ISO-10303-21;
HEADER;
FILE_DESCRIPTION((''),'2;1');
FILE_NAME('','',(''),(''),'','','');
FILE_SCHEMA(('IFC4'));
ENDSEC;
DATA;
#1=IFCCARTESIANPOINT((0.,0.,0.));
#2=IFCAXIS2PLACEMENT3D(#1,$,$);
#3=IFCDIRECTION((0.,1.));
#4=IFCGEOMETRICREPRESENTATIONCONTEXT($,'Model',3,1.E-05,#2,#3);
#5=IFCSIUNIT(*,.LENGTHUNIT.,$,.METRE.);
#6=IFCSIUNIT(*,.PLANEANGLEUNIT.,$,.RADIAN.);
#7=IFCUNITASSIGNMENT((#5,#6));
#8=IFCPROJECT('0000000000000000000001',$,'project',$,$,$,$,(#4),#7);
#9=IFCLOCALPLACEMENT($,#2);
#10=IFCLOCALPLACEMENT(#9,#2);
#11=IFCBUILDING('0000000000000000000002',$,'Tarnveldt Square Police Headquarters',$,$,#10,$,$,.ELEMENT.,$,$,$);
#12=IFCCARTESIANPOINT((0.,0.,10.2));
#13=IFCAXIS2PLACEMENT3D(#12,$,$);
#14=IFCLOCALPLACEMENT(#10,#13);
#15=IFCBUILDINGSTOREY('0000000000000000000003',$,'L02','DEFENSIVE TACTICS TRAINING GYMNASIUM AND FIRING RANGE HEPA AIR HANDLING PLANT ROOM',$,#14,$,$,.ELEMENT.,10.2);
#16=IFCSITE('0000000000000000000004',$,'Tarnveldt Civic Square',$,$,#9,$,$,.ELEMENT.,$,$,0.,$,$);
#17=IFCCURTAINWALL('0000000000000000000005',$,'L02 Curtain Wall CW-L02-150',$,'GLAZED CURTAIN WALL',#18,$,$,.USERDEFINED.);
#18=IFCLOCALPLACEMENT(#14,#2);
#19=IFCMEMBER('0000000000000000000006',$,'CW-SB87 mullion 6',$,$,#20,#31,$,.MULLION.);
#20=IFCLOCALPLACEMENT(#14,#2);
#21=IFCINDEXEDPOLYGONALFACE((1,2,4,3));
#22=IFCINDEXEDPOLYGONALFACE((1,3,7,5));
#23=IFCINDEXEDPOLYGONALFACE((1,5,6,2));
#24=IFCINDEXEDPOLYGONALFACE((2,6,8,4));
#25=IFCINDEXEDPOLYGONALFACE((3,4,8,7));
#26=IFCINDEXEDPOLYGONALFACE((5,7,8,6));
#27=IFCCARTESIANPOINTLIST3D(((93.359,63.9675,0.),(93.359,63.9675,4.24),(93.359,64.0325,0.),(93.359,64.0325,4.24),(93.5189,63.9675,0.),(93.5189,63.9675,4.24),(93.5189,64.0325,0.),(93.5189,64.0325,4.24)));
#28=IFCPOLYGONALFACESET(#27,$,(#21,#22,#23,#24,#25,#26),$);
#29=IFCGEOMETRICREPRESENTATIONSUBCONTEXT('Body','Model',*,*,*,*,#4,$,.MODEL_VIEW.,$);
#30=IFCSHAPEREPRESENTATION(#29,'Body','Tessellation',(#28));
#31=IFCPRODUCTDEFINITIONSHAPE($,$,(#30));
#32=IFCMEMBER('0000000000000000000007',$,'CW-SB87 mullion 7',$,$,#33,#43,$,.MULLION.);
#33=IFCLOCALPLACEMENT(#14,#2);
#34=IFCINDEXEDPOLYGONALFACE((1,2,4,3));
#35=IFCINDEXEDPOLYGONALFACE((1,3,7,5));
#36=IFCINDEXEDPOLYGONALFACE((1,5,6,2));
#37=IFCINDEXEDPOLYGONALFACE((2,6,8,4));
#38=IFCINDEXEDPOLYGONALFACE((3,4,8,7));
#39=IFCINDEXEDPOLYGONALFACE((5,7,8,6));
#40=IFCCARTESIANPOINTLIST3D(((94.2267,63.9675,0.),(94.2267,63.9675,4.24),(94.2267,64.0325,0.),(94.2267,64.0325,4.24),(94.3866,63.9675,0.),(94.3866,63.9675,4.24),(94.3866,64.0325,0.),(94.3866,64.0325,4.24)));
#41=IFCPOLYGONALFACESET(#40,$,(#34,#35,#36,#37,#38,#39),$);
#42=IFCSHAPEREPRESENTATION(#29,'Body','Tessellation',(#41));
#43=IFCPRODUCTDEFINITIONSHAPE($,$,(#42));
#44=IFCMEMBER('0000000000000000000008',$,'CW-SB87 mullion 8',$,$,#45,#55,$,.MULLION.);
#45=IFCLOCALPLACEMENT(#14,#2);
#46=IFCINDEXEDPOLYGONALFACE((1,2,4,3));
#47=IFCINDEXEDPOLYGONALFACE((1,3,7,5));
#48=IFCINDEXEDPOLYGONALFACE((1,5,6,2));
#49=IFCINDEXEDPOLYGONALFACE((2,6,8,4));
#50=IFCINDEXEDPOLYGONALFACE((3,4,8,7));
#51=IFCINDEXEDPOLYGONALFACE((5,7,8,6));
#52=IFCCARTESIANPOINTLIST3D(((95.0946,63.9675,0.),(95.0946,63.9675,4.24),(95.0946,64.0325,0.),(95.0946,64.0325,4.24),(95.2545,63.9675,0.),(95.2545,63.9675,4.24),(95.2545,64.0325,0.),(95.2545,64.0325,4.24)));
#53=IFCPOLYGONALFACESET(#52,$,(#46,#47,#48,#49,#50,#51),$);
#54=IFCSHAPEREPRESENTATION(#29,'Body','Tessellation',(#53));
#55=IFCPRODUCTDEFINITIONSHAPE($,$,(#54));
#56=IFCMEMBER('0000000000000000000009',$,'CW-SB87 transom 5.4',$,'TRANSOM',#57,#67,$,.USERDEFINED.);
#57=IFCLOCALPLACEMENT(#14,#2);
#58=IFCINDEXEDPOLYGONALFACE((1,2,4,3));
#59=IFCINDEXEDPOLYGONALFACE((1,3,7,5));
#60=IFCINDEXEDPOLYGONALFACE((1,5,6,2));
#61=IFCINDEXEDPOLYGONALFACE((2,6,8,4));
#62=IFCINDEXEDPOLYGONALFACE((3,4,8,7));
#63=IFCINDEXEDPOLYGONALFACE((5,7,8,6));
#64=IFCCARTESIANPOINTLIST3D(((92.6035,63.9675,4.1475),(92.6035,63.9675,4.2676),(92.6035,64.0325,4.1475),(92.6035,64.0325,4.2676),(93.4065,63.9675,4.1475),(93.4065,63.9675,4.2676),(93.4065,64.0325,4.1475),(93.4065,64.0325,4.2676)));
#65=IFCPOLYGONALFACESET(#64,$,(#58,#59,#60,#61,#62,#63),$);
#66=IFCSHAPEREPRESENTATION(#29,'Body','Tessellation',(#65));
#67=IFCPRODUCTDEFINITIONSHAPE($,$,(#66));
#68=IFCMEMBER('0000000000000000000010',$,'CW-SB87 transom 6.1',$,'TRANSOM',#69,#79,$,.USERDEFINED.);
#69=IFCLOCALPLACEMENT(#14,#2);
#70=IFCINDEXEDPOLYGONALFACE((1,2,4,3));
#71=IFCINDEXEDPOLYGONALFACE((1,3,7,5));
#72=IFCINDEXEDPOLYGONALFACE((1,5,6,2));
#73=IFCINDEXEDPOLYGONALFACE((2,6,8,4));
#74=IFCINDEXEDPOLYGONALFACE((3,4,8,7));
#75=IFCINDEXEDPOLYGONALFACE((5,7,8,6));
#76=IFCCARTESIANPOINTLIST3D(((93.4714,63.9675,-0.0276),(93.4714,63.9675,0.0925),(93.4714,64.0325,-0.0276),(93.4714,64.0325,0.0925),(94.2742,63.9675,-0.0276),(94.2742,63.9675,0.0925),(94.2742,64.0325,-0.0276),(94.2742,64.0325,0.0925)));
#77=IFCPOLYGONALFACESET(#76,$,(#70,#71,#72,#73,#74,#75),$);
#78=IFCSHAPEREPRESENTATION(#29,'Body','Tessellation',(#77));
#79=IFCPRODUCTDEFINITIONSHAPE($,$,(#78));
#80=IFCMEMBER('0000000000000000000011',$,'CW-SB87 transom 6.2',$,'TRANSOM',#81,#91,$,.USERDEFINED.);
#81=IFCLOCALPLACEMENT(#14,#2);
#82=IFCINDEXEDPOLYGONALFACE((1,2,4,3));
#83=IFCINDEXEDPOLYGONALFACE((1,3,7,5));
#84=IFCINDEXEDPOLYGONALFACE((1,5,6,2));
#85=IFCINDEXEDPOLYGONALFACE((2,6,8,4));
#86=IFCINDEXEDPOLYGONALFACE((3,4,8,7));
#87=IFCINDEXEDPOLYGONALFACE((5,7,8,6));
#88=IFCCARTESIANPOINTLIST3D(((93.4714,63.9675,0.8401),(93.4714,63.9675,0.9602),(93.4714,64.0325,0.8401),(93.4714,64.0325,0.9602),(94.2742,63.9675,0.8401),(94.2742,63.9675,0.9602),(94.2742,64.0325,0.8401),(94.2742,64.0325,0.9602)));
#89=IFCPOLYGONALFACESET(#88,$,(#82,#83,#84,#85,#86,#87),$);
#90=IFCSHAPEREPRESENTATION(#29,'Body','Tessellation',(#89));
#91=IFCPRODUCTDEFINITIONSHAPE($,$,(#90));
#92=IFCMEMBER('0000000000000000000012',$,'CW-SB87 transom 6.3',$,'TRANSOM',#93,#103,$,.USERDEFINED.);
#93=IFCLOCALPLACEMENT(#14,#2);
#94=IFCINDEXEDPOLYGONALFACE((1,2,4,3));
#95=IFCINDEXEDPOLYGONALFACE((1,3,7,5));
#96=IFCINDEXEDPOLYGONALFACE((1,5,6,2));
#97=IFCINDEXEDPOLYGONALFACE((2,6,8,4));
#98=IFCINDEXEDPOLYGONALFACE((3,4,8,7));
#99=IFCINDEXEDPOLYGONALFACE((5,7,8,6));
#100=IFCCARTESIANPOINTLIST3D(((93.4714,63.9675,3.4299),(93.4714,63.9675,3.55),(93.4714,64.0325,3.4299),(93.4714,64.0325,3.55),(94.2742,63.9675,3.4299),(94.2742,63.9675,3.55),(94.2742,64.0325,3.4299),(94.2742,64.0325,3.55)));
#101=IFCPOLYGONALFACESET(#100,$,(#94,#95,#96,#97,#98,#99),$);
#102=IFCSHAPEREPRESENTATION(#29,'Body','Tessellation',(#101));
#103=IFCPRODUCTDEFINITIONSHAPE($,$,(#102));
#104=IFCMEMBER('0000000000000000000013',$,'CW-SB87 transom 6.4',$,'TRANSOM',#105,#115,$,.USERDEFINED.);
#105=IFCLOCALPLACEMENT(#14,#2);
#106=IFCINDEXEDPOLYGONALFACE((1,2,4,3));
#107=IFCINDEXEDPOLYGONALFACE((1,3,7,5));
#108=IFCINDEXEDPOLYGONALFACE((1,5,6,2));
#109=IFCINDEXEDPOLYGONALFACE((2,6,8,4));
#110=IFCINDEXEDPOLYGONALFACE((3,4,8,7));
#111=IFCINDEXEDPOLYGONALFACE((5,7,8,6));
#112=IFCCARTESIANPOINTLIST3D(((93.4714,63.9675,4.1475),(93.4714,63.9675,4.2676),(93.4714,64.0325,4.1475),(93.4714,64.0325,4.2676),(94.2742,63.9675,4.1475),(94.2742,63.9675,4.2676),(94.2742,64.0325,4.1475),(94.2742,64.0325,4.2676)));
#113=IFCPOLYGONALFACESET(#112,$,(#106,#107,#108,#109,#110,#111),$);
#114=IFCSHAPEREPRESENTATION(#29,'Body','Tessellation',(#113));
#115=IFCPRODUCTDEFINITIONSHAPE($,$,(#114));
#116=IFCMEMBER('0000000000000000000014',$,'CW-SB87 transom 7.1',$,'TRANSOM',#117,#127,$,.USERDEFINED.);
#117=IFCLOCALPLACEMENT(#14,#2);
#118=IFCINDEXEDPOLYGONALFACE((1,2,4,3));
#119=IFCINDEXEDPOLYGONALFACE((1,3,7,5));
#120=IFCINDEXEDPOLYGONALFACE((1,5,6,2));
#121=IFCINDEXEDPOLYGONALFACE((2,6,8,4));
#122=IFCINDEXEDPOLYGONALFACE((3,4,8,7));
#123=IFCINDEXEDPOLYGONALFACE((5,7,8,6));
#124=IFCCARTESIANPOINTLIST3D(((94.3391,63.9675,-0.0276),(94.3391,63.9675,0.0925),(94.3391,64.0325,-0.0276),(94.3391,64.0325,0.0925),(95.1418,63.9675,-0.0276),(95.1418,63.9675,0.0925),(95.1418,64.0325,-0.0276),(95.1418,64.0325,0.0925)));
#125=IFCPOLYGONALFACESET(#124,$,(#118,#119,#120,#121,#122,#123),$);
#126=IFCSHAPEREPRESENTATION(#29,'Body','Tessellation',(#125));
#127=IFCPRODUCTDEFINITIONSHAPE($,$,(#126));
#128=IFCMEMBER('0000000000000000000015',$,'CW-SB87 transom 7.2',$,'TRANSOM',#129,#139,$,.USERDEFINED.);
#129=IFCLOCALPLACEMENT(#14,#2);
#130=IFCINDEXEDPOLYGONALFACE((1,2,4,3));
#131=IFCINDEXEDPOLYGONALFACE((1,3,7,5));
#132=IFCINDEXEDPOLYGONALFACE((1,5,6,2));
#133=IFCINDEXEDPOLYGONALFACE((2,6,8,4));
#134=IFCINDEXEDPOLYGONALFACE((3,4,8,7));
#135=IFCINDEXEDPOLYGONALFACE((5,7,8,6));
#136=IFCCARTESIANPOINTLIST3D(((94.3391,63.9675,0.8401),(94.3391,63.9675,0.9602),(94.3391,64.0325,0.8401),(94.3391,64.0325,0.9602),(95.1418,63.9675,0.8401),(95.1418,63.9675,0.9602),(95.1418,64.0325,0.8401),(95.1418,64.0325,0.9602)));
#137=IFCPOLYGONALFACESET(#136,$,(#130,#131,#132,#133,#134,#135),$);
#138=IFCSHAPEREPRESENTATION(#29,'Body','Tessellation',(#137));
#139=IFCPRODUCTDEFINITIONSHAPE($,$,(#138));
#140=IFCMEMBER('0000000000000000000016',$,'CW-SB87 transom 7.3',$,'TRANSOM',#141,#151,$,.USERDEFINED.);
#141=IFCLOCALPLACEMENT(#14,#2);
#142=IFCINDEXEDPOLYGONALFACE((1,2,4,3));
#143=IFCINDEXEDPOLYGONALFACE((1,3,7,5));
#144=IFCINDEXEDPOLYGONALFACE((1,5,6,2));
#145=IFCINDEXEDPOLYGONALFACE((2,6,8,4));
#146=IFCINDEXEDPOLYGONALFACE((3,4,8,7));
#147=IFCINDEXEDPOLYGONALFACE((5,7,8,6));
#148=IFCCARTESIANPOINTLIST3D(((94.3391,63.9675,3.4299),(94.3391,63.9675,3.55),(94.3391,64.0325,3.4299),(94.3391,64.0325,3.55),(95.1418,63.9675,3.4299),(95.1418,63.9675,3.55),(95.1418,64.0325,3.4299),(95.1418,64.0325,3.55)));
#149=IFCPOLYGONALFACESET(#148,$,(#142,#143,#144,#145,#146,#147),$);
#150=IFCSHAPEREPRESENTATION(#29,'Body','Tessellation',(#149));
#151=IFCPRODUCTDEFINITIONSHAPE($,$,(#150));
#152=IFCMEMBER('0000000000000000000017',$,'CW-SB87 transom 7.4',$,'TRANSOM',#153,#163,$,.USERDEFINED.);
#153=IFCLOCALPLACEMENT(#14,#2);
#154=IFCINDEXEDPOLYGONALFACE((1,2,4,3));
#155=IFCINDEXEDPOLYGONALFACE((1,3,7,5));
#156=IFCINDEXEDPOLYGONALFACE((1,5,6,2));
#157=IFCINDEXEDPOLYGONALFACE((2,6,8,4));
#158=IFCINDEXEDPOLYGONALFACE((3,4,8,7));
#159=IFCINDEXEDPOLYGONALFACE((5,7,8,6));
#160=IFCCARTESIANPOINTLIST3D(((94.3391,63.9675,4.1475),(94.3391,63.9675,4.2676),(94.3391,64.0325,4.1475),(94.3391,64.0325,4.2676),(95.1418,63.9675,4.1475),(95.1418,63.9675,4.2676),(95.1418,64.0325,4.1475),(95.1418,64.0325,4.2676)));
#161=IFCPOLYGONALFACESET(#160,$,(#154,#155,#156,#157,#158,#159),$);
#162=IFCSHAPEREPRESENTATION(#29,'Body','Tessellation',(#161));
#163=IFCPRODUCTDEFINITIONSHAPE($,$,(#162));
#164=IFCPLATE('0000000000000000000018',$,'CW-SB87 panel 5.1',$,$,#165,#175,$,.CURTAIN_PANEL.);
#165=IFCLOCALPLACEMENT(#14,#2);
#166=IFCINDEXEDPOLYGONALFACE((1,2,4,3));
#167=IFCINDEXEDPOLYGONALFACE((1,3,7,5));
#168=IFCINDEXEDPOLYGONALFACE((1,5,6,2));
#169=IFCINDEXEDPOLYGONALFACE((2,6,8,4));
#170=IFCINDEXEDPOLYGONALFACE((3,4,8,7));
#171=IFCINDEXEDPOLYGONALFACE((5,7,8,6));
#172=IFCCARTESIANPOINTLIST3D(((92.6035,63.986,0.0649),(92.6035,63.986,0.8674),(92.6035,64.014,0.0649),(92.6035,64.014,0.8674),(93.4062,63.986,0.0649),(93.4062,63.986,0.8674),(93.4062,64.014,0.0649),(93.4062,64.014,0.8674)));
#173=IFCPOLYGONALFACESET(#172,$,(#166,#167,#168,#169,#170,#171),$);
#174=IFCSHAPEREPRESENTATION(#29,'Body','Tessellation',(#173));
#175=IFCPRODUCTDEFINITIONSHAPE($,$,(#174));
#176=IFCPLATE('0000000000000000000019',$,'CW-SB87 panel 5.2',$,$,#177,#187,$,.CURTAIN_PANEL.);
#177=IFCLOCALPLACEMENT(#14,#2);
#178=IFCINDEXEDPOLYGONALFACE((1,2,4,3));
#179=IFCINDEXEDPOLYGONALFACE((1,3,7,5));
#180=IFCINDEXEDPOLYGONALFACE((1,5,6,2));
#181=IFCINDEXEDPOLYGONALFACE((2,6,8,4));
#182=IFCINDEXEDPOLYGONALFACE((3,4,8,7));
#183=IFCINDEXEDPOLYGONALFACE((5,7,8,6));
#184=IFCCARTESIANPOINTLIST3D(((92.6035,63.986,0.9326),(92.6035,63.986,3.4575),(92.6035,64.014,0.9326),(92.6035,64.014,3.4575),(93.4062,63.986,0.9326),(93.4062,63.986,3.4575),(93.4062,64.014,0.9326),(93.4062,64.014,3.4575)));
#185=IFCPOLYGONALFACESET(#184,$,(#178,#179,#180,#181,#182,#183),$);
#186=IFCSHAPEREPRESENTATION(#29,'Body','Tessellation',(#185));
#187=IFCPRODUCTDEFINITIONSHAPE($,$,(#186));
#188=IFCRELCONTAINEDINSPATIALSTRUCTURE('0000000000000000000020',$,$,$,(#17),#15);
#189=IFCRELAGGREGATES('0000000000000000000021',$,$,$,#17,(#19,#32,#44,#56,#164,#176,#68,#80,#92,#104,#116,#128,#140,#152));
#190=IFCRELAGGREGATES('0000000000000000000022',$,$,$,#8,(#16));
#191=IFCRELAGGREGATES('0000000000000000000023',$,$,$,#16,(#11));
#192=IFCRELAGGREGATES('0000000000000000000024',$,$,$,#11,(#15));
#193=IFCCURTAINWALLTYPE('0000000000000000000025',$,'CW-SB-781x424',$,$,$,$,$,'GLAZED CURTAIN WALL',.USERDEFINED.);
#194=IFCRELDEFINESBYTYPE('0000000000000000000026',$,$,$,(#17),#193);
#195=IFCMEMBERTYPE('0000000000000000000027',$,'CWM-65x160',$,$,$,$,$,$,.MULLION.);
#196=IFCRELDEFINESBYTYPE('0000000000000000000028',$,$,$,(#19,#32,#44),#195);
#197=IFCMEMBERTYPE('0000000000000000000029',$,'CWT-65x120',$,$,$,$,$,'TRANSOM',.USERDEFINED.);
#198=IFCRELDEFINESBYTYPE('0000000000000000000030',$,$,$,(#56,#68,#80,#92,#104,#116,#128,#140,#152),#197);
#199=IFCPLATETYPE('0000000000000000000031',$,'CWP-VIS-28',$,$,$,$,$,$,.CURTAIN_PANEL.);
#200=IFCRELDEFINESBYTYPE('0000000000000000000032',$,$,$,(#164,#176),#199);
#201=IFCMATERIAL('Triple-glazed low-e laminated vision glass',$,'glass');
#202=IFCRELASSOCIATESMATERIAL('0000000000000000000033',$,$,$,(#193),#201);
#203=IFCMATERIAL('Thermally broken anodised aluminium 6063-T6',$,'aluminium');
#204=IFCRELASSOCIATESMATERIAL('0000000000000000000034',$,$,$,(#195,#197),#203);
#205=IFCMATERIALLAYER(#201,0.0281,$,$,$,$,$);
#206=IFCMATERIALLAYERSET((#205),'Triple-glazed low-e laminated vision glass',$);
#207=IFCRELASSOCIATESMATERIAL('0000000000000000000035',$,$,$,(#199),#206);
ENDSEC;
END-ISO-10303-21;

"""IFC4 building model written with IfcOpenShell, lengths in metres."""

from ifc_helpers import new_model, si_unit, direction, frame, origin, origin_2d, place, context, subcontext, project, spatial, rectangle, extrude, material, layer, layer_set, material_profile, profile_set, type_object, element, aggregate, save


model = new_model("IFC4")

# Units and contexts
model_context = context("Model", 3, precision=1e-05, world=origin(), true_north=direction((0.0, 1.0)))
body_context = subcontext(model_context, "Body", "Model", "MODEL_VIEW")
ifc_project = project(units=[si_unit("LENGTHUNIT", "METRE"), si_unit("PLANEANGLEUNIT", "RADIAN")], contexts=[model_context])

# Site, building, storey
site_placement = place(None, origin())
site = spatial("IfcSite", under=ifc_project, at=site_placement, Name="Tarnveldt Civic Square", CompositionType="ELEMENT", RefElevation=0.0)
building_placement = place(site_placement, origin())
building = spatial("IfcBuilding", under=site, at=building_placement, Name="Tarnveldt Square Police Headquarters", CompositionType="ELEMENT")
storey_placement = place(building_placement, frame((0.0, 0.0, 10.2)))
storey = spatial("IfcBuildingStorey", under=building, at=storey_placement, Name="L02", Description="DEFENSIVE TACTICS TRAINING GYMNASIUM AND FIRING RANGE HEPA AIR HANDLING PLANT ROOM", CompositionType="ELEMENT", Elevation=10.2)

# Curtain wall, members, plates
ifc_material_1 = material(Name="Triple-glazed low-e laminated vision glass", Category="glass")
curtain_wall_type = type_object("IfcCurtainWallType", Name="CW-SB-781x424", ElementType="GLAZED CURTAIN WALL", PredefinedType="USERDEFINED", material=ifc_material_1)
curtain_wall_placement = place(storey_placement, origin())
curtain_wall = element("IfcCurtainWall", 1, at=curtain_wall_placement, inside=storey, type_object=curtain_wall_type, Name="L02 Curtain Wall CW-L02-150", ObjectType="GLAZED CURTAIN WALL", PredefinedType="USERDEFINED")
ifc_material_2 = material(Name="Thermally broken anodised aluminium 6063-T6", Category="aluminium")
ifc_material_profile_1 = material_profile(ifc_material_2, rectangle(XDim=0.0649, YDim=0.1599, at=origin_2d()), Name="CW-M65x160")
ifc_profile_set_1 = profile_set([ifc_material_profile_1], Name="Thermally broken anodised aluminium 6063-T6")
member_type_1 = type_object("IfcMemberType", Name="CWM-65x160", PredefinedType="MULLION", material=ifc_profile_set_1)
member_1_placement = place(storey_placement, frame((93.439, 64.0, 0.0), z_axis=(0.0, 0.0, 1.0), x_axis=(0.0, 1.0, 0.0)))
member_1 = element("IfcMember", 2, at=member_1_placement, type_object=member_type_1, Name="CW-SB87 mullion 6", PredefinedType="MULLION", context=body_context, shape_type="SweptSolid", body=[
    extrude(rectangle(XDim=0.0649, YDim=0.1599, at=origin_2d()), origin(), (0.0, 0.0, 1.0), 4.24),
])
member_2_placement = place(storey_placement, frame((94.3066, 64.0, 0.0), z_axis=(0.0, 0.0, 1.0), x_axis=(0.0, 1.0, 0.0)))
member_2 = element("IfcMember", 3, at=member_2_placement, type_object=member_type_1, Name="CW-SB87 mullion 7", PredefinedType="MULLION", context=body_context, shape_type="SweptSolid", body=[
    extrude(rectangle(XDim=0.0649, YDim=0.1599, at=origin_2d()), origin(), (0.0, 0.0, 1.0), 4.24),
])
member_3_placement = place(storey_placement, frame((95.1746, 64.0, 0.0), z_axis=(0.0, 0.0, 1.0), x_axis=(0.0, 1.0, 0.0)))
member_3 = element("IfcMember", 4, at=member_3_placement, type_object=member_type_1, Name="CW-SB87 mullion 8", PredefinedType="MULLION", context=body_context, shape_type="SweptSolid", body=[
    extrude(rectangle(XDim=0.0649, YDim=0.1599, at=origin_2d()), origin(), (0.0, 0.0, 1.0), 4.24),
])
ifc_material_profile_2 = material_profile(ifc_material_2, rectangle(XDim=0.0649, YDim=0.1201, at=origin_2d()), Name="CW-T65x120")
ifc_profile_set_2 = profile_set([ifc_material_profile_2], Name="Thermally broken anodised aluminium 6063-T6")
member_type_2 = type_object("IfcMemberType", Name="CWT-65x120", ElementType="TRANSOM", PredefinedType="USERDEFINED", material=ifc_profile_set_2)
member_4_placement = place(storey_placement, frame((92.6035, 64.0, 4.2075), z_axis=(1.0, 0.0, 0.0), x_axis=(0.0, 1.0, 0.0)))
member_4 = element("IfcMember", 5, at=member_4_placement, type_object=member_type_2, Name="CW-SB87 transom 5.4", ObjectType="TRANSOM", PredefinedType="USERDEFINED", context=body_context, shape_type="SweptSolid", body=[
    extrude(rectangle(XDim=0.0649, YDim=0.1201, at=origin_2d()), origin(), (0.0, 0.0, 1.0), 0.803),
])
member_5_placement = place(storey_placement, frame((93.4714, 64.0, 0.0325), z_axis=(1.0, 0.0, 0.0), x_axis=(0.0, 1.0, 0.0)))
member_5 = element("IfcMember", 6, at=member_5_placement, type_object=member_type_2, Name="CW-SB87 transom 6.1", ObjectType="TRANSOM", PredefinedType="USERDEFINED", context=body_context, shape_type="SweptSolid", body=[
    extrude(rectangle(XDim=0.0649, YDim=0.1201, at=origin_2d()), origin(), (0.0, 0.0, 1.0), 0.8027),
])
member_6_placement = place(storey_placement, frame((93.4714, 64.0, 0.9001), z_axis=(1.0, 0.0, 0.0), x_axis=(0.0, 1.0, 0.0)))
member_6 = element("IfcMember", 7, at=member_6_placement, type_object=member_type_2, Name="CW-SB87 transom 6.2", ObjectType="TRANSOM", PredefinedType="USERDEFINED", context=body_context, shape_type="SweptSolid", body=[
    extrude(rectangle(XDim=0.0649, YDim=0.1201, at=origin_2d()), origin(), (0.0, 0.0, 1.0), 0.8027),
])
member_7_placement = place(storey_placement, frame((93.4714, 64.0, 3.49), z_axis=(1.0, 0.0, 0.0), x_axis=(0.0, 1.0, 0.0)))
member_7 = element("IfcMember", 8, at=member_7_placement, type_object=member_type_2, Name="CW-SB87 transom 6.3", ObjectType="TRANSOM", PredefinedType="USERDEFINED", context=body_context, shape_type="SweptSolid", body=[
    extrude(rectangle(XDim=0.0649, YDim=0.1201, at=origin_2d()), origin(), (0.0, 0.0, 1.0), 0.8027),
])
member_8_placement = place(storey_placement, frame((93.4714, 64.0, 4.2075), z_axis=(1.0, 0.0, 0.0), x_axis=(0.0, 1.0, 0.0)))
member_8 = element("IfcMember", 9, at=member_8_placement, type_object=member_type_2, Name="CW-SB87 transom 6.4", ObjectType="TRANSOM", PredefinedType="USERDEFINED", context=body_context, shape_type="SweptSolid", body=[
    extrude(rectangle(XDim=0.0649, YDim=0.1201, at=origin_2d()), origin(), (0.0, 0.0, 1.0), 0.8027),
])
member_9_placement = place(storey_placement, frame((94.3391, 64.0, 0.0325), z_axis=(1.0, 0.0, 0.0), x_axis=(0.0, 1.0, 0.0)))
member_9 = element("IfcMember", 10, at=member_9_placement, type_object=member_type_2, Name="CW-SB87 transom 7.1", ObjectType="TRANSOM", PredefinedType="USERDEFINED", context=body_context, shape_type="SweptSolid", body=[
    extrude(rectangle(XDim=0.0649, YDim=0.1201, at=origin_2d()), origin(), (0.0, 0.0, 1.0), 0.8027),
])
member_10_placement = place(storey_placement, frame((94.3391, 64.0, 0.9001), z_axis=(1.0, 0.0, 0.0), x_axis=(0.0, 1.0, 0.0)))
member_10 = element("IfcMember", 11, at=member_10_placement, type_object=member_type_2, Name="CW-SB87 transom 7.2", ObjectType="TRANSOM", PredefinedType="USERDEFINED", context=body_context, shape_type="SweptSolid", body=[
    extrude(rectangle(XDim=0.0649, YDim=0.1201, at=origin_2d()), origin(), (0.0, 0.0, 1.0), 0.8027),
])
member_11_placement = place(storey_placement, frame((94.3391, 64.0, 3.49), z_axis=(1.0, 0.0, 0.0), x_axis=(0.0, 1.0, 0.0)))
member_11 = element("IfcMember", 12, at=member_11_placement, type_object=member_type_2, Name="CW-SB87 transom 7.3", ObjectType="TRANSOM", PredefinedType="USERDEFINED", context=body_context, shape_type="SweptSolid", body=[
    extrude(rectangle(XDim=0.0649, YDim=0.1201, at=origin_2d()), origin(), (0.0, 0.0, 1.0), 0.8027),
])
member_12_placement = place(storey_placement, frame((94.3391, 64.0, 4.2075), z_axis=(1.0, 0.0, 0.0), x_axis=(0.0, 1.0, 0.0)))
member_12 = element("IfcMember", 13, at=member_12_placement, type_object=member_type_2, Name="CW-SB87 transom 7.4", ObjectType="TRANSOM", PredefinedType="USERDEFINED", context=body_context, shape_type="SweptSolid", body=[
    extrude(rectangle(XDim=0.0649, YDim=0.1201, at=origin_2d()), origin(), (0.0, 0.0, 1.0), 0.8027),
])
ifc_layer = layer(ifc_material_1, 0.0281)
ifc_layer_set = layer_set([ifc_layer], Name="Triple-glazed low-e laminated vision glass")
plate_type = type_object("IfcPlateType", Name="CWP-VIS-28", PredefinedType="CURTAIN_PANEL", material=ifc_layer_set)
plate_1_placement = place(storey_placement, frame((93.0049, 64.0, 0.0649), z_axis=(0.0, 0.0, 1.0), x_axis=(1.0, 0.0, 0.0)))
plate_1 = element("IfcPlate", 14, at=plate_1_placement, type_object=plate_type, Name="CW-SB87 panel 5.1", PredefinedType="CURTAIN_PANEL", context=body_context, shape_type="SweptSolid", body=[
    extrude(rectangle(XDim=0.8027, YDim=0.0281, at=origin_2d()), origin(), (0.0, 0.0, 1.0), 0.8025),
])
plate_2_placement = place(storey_placement, frame((93.0049, 64.0, 0.9326), z_axis=(0.0, 0.0, 1.0), x_axis=(1.0, 0.0, 0.0)))
plate_2 = element("IfcPlate", 15, at=plate_2_placement, type_object=plate_type, Name="CW-SB87 panel 5.2", PredefinedType="CURTAIN_PANEL", context=body_context, shape_type="SweptSolid", body=[
    extrude(rectangle(XDim=0.8027, YDim=0.0281, at=origin_2d()), origin(), (0.0, 0.0, 1.0), 2.5249),
])
aggregate(curtain_wall, [member_1, member_2, member_3, member_4, plate_1, plate_2, member_5, member_6, member_7, member_8, member_9, member_10, member_11, member_12])

save(model, "model.ifc")
